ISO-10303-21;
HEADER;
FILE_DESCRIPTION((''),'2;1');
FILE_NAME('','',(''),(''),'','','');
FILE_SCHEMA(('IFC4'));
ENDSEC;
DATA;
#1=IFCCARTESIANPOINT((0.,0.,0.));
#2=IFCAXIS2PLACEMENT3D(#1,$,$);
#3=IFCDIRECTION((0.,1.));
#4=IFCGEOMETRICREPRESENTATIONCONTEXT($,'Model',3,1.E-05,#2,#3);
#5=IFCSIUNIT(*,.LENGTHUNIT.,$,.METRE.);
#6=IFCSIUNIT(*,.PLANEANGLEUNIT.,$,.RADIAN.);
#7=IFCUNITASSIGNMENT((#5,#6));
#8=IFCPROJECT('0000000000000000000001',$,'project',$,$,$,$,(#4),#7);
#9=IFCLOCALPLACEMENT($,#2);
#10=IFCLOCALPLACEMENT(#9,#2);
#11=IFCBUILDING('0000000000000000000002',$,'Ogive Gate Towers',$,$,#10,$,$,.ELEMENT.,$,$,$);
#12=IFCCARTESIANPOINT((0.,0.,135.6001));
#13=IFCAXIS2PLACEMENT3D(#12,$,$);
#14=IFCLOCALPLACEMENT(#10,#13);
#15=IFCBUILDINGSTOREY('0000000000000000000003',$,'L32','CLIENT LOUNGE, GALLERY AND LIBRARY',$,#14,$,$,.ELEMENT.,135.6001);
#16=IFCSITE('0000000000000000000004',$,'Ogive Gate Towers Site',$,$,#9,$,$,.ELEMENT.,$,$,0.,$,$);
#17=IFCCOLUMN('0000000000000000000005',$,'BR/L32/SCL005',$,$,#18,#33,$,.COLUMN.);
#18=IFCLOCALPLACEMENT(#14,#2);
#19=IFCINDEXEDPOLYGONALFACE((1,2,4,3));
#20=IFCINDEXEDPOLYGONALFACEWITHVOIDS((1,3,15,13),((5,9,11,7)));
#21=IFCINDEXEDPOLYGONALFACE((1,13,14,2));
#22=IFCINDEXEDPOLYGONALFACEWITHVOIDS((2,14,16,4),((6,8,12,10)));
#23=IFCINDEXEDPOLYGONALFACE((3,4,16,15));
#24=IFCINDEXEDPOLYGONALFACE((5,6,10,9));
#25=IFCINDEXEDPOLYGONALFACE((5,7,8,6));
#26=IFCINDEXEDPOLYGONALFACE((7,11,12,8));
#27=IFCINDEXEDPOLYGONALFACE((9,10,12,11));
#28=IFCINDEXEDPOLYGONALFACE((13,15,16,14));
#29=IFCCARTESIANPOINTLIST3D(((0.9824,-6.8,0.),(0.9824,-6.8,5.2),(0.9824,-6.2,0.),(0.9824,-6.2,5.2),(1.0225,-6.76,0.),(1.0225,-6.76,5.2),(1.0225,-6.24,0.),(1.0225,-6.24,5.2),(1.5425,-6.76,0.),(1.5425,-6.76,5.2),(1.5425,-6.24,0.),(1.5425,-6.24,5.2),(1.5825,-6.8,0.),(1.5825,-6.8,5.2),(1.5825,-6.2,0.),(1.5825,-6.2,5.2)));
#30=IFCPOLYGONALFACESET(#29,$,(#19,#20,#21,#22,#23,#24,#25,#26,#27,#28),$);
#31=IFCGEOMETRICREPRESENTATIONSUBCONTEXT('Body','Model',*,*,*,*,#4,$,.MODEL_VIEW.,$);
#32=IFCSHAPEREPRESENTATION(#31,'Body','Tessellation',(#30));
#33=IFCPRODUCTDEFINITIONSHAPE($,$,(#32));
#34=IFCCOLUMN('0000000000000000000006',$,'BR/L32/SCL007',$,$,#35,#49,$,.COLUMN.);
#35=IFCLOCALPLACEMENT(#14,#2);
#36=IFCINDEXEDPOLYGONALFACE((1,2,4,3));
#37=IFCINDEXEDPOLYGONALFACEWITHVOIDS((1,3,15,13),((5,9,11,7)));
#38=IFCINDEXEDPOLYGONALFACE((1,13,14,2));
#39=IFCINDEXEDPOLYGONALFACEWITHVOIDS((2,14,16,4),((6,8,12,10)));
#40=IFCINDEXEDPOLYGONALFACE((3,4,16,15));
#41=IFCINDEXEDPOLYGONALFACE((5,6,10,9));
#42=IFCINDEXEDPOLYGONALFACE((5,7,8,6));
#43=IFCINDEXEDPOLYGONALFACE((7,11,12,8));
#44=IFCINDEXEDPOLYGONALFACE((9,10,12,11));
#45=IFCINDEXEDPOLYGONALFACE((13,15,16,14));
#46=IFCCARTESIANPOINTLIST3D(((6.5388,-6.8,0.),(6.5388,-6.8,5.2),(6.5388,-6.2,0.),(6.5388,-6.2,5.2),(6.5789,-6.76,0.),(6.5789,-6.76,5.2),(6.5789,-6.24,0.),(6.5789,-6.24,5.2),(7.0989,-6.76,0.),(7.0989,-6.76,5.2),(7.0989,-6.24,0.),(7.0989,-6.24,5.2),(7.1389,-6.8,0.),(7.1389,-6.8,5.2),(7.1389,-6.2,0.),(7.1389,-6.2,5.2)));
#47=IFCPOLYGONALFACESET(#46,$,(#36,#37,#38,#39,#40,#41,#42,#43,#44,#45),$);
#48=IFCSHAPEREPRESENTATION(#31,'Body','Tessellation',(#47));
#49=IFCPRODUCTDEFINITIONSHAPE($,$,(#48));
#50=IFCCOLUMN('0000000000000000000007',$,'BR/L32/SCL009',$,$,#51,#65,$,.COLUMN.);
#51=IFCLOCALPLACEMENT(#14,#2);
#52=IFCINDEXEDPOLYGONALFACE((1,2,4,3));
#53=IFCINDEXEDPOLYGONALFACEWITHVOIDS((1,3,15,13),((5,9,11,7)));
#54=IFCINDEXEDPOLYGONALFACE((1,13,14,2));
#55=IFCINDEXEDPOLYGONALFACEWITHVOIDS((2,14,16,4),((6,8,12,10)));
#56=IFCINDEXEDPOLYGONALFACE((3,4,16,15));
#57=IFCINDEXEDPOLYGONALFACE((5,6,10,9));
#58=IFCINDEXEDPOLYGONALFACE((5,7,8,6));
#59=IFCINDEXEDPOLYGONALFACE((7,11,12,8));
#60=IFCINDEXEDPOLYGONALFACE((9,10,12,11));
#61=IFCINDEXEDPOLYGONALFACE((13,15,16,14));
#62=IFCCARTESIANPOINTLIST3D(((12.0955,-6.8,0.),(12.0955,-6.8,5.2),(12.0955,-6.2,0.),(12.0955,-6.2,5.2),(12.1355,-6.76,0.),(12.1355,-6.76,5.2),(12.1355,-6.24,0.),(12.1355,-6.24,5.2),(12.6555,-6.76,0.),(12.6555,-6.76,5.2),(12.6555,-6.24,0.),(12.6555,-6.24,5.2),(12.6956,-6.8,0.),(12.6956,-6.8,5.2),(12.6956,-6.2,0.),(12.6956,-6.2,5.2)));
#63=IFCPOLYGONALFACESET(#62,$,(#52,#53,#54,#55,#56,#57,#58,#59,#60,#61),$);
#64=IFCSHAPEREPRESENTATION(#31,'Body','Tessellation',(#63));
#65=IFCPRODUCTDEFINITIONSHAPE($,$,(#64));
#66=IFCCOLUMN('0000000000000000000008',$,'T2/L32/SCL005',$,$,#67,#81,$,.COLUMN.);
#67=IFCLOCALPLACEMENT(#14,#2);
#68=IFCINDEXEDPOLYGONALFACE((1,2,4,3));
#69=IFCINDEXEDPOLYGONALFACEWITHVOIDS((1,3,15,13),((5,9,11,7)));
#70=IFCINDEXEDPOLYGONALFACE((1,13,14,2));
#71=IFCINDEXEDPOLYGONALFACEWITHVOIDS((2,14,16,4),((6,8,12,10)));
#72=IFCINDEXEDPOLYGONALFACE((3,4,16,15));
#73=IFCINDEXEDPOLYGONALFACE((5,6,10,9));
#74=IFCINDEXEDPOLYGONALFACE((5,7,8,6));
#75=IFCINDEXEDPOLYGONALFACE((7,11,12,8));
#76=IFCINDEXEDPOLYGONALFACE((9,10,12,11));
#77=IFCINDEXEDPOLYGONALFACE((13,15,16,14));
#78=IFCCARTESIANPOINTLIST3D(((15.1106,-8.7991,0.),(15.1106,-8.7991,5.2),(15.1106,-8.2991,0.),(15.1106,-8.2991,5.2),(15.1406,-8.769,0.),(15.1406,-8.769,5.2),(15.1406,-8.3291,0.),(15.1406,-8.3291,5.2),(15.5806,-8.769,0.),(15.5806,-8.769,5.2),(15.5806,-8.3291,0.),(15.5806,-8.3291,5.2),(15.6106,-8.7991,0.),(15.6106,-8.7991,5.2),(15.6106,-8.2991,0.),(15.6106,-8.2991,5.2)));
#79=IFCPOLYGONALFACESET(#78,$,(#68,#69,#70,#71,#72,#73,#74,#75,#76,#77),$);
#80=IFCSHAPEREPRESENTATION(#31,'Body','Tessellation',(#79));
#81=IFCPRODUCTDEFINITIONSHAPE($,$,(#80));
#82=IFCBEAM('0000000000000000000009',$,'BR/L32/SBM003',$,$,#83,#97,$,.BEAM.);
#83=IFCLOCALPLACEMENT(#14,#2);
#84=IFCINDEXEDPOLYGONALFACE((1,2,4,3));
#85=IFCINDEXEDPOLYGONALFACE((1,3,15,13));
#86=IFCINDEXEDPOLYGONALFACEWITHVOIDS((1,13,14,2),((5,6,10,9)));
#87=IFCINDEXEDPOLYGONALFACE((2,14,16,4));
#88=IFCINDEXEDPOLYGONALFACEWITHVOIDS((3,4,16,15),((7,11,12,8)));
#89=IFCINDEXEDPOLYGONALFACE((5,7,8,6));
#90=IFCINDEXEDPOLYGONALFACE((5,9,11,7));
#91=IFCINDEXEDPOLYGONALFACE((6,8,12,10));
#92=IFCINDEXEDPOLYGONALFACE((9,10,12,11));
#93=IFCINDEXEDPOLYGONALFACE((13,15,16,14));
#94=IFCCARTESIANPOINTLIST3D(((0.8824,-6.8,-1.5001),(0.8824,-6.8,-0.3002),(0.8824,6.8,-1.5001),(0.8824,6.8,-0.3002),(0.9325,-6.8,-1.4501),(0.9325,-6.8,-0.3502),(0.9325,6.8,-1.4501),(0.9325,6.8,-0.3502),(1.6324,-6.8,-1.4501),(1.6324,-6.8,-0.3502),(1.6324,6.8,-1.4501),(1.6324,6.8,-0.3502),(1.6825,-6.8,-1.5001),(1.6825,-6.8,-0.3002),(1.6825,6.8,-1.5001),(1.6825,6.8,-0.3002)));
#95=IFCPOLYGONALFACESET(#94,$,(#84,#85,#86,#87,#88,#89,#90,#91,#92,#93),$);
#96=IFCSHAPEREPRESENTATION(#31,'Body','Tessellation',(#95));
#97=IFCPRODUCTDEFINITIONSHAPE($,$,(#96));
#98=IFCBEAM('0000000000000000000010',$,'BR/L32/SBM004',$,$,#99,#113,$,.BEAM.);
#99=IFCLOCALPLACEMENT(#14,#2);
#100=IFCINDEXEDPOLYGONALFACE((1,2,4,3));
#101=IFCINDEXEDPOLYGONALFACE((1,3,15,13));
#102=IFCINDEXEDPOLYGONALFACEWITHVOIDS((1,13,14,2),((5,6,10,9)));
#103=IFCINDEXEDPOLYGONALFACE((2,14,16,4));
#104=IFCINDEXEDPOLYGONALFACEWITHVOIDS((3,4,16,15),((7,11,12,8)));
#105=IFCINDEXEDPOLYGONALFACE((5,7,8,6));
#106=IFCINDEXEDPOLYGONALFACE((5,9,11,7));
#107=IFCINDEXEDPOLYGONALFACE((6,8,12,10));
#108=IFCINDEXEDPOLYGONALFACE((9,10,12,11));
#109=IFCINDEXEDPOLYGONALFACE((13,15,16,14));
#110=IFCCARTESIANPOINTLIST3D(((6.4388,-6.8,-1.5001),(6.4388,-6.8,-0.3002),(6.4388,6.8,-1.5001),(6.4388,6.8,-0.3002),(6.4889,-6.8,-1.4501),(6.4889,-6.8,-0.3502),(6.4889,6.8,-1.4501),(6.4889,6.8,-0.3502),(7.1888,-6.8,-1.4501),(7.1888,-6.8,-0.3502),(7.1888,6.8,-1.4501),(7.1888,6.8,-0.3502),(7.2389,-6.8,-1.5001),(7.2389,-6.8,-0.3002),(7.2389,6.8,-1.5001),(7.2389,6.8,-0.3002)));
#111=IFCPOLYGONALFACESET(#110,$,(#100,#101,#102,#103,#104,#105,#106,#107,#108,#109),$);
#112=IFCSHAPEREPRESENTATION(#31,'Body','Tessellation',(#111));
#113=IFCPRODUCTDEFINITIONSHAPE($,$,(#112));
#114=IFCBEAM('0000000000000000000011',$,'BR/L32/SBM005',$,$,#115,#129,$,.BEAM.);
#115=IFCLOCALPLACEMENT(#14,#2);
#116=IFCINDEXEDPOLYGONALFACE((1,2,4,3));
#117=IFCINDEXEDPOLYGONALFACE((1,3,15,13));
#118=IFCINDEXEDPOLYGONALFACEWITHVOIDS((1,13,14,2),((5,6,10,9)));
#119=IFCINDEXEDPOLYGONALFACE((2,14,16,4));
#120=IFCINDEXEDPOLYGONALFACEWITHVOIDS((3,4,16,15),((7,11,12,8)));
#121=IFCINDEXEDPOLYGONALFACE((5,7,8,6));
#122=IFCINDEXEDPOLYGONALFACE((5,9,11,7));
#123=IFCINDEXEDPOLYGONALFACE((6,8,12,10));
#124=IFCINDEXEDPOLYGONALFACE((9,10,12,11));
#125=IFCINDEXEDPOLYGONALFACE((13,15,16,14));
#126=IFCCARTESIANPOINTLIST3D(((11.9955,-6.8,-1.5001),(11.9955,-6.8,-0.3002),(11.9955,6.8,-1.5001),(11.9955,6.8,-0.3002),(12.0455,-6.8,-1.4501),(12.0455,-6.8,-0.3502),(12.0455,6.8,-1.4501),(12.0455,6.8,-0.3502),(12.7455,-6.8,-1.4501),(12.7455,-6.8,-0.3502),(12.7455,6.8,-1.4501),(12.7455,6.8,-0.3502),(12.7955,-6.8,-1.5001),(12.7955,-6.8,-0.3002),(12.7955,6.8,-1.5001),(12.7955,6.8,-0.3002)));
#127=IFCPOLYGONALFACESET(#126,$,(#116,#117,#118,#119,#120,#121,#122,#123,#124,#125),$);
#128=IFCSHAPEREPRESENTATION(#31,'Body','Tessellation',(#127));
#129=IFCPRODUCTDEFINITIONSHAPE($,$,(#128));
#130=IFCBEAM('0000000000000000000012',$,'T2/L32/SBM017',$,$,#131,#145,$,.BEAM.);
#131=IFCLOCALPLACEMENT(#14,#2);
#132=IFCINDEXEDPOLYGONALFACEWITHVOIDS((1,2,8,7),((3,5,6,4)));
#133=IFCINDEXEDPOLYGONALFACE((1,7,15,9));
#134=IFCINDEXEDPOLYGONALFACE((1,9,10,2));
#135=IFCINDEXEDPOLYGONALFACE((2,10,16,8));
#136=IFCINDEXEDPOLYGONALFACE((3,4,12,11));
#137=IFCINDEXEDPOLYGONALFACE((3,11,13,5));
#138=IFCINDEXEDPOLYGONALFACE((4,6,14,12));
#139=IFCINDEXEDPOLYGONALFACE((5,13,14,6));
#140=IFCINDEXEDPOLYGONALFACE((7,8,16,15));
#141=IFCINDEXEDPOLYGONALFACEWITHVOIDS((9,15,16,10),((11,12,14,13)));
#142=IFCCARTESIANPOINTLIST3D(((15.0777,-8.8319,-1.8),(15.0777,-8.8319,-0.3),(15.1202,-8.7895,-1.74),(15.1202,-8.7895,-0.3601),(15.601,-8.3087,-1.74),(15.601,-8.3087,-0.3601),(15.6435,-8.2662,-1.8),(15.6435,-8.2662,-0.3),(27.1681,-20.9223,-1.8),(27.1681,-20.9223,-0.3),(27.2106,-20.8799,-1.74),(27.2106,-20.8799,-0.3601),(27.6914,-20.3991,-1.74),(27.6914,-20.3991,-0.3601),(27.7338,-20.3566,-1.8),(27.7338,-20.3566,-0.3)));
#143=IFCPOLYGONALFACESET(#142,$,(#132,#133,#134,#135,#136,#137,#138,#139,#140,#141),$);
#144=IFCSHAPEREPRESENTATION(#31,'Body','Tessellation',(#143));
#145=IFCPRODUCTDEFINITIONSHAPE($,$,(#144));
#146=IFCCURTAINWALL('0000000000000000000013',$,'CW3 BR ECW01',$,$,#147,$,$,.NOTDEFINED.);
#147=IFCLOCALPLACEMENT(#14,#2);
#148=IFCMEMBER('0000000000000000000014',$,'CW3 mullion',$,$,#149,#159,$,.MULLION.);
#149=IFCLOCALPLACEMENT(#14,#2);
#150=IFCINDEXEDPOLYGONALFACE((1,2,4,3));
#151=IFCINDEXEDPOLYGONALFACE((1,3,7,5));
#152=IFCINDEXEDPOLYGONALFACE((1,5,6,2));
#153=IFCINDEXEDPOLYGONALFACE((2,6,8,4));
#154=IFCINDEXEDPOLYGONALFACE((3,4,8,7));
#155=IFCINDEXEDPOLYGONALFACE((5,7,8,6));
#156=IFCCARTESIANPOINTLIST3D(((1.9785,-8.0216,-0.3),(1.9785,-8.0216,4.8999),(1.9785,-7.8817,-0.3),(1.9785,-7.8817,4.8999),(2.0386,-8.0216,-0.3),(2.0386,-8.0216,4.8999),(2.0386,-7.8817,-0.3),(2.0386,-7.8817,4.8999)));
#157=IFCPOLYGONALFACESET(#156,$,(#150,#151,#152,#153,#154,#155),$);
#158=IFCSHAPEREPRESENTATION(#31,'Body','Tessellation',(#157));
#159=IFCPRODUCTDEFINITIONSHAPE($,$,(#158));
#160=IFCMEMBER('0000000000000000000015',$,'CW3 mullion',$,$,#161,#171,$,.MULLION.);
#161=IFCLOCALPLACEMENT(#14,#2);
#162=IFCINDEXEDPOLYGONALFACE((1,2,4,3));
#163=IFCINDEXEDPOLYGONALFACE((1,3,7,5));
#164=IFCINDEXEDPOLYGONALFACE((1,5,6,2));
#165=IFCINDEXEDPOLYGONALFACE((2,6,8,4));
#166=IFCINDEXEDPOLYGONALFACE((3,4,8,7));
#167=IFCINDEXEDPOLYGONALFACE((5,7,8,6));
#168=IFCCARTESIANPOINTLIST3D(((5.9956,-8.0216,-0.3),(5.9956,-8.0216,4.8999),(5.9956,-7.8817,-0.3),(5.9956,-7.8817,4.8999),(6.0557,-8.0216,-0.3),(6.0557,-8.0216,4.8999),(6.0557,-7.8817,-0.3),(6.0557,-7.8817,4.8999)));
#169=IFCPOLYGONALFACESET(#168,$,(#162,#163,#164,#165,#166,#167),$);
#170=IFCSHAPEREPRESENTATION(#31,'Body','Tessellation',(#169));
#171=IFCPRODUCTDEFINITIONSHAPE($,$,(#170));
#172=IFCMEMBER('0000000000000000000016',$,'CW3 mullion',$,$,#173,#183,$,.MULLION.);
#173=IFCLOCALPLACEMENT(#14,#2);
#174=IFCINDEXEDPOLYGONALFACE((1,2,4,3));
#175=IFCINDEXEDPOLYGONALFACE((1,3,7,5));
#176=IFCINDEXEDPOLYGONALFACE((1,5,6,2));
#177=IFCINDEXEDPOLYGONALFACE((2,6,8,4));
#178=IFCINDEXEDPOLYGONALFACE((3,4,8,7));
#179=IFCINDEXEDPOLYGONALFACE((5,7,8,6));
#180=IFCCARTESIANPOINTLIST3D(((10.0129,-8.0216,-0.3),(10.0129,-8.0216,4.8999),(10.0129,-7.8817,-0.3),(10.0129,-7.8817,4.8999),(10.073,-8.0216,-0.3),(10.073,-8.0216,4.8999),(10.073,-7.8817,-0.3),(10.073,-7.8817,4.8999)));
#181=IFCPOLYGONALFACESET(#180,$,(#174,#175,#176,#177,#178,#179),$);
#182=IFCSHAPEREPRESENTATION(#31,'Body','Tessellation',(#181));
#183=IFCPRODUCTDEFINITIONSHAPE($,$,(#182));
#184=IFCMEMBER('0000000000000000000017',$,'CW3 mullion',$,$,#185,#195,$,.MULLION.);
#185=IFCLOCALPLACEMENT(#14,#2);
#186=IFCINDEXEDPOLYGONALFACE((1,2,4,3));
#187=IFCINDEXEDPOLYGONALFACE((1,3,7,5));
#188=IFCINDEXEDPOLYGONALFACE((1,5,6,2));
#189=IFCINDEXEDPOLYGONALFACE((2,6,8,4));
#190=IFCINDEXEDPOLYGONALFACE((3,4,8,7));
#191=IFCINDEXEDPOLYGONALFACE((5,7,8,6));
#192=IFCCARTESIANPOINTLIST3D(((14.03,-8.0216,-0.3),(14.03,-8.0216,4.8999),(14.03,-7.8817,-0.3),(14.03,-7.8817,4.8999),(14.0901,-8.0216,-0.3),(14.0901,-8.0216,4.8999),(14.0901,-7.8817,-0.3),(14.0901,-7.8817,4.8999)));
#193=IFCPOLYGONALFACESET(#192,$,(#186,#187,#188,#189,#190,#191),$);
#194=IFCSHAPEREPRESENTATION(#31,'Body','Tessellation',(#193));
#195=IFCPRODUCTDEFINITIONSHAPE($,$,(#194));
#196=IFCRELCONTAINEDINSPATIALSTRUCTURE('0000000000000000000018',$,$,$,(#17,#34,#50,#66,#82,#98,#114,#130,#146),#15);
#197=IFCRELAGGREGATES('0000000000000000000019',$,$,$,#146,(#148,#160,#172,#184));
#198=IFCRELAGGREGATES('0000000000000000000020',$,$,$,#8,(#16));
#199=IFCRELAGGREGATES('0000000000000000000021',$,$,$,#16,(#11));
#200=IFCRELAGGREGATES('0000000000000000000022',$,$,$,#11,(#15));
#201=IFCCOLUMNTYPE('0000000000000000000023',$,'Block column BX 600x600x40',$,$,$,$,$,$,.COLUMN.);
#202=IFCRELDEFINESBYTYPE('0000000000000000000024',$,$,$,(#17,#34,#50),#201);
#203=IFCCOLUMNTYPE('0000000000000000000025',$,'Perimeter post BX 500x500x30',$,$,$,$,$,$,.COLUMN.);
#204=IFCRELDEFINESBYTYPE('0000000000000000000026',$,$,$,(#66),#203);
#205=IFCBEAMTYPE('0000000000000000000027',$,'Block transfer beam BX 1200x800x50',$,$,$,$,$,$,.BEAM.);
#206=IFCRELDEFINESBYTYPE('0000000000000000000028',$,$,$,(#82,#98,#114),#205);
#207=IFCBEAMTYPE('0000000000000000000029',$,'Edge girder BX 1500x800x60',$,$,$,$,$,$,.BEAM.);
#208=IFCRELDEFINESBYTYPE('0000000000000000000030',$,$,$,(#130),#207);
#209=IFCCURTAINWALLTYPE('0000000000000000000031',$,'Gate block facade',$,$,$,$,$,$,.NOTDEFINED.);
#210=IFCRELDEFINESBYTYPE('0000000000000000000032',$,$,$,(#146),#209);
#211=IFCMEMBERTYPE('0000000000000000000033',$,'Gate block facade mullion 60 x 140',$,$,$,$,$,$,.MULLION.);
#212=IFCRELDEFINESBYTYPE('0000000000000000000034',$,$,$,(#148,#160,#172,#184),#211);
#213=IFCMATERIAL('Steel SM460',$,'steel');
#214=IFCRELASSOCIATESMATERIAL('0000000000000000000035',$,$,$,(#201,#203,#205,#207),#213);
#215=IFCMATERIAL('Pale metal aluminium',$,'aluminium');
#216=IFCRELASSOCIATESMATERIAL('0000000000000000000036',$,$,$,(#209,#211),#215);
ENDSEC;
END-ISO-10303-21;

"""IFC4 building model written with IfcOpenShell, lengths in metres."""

from ifc_helpers import new_model, si_unit, direction, frame, origin, origin_2d, place, context, subcontext, project, spatial, rectangle, hollow_rectangle, extrude, material, material_profile, profile_set, type_object, element, aggregate, save


model = new_model("IFC4")

# Units and contexts
model_context = context("Model", 3, precision=1e-05, world=origin(), true_north=direction((0.0, 1.0)))
body_context = subcontext(model_context, "Body", "Model", "MODEL_VIEW")
ifc_project = project(units=[si_unit("LENGTHUNIT", "METRE"), si_unit("PLANEANGLEUNIT", "RADIAN")], contexts=[model_context])

# Site, building, storey
site_placement = place(None, origin())
site = spatial("IfcSite", under=ifc_project, at=site_placement, Name="Ogive Gate Towers Site", CompositionType="ELEMENT", RefElevation=0.0)
building_placement = place(site_placement, origin())
building = spatial("IfcBuilding", under=site, at=building_placement, Name="Ogive Gate Towers", CompositionType="ELEMENT")
storey_placement = place(building_placement, frame((0.0, 0.0, 135.6001)))
storey = spatial("IfcBuildingStorey", under=building, at=storey_placement, Name="L32", Description="CLIENT LOUNGE, GALLERY AND LIBRARY", CompositionType="ELEMENT", Elevation=135.6001)

# Columns
ifc_material_1 = material(Name="Steel SM460", Category="steel")
ifc_material_profile_1 = material_profile(ifc_material_1, hollow_rectangle(XDim=0.6001, YDim=0.6001, WallThickness=0.04, at=origin_2d()), Name="BX 600x600x40")
ifc_profile_set_1 = profile_set([ifc_material_profile_1], Name="Steel SM460")
column_type_1 = type_object("IfcColumnType", Name="Block column BX 600x600x40", PredefinedType="COLUMN", material=ifc_profile_set_1)
for number, where, z_axis, x_axis, name in (
    (1, (1.2825, -6.5, 0.0), (0.0, 0.0, 1.0), (1.0, 0.0, 0.0), "BR/L32/SCL005"),
    (2, (6.8389, -6.5, 0.0), (0.0, 0.0, 1.0), (1.0, 0.0, 0.0), "BR/L32/SCL007"),
    (3, (12.3955, -6.5, 0.0), (0.0, 0.0, 1.0), (1.0, 0.0, 0.0), "BR/L32/SCL009"),
):
    element("IfcColumn", number, at=place(storey_placement, frame(where, z_axis=z_axis, x_axis=x_axis)), inside=storey, type_object=column_type_1, Name=name, PredefinedType="COLUMN", context=body_context, shape_type="SweptSolid", body=[
        extrude(hollow_rectangle(XDim=0.6001, YDim=0.6001, WallThickness=0.04, at=origin_2d()), origin(), (0.0, 0.0, 1.0), 5.2),
    ])
ifc_material_profile_2 = material_profile(ifc_material_1, hollow_rectangle(XDim=0.5, YDim=0.5, WallThickness=0.03, at=origin_2d()), Name="BX 500x500x30")
ifc_profile_set_2 = profile_set([ifc_material_profile_2], Name="Steel SM460")
column_type_2 = type_object("IfcColumnType", Name="Perimeter post BX 500x500x30", PredefinedType="COLUMN", material=ifc_profile_set_2)
column_placement = place(storey_placement, frame((15.3606, -8.5491, 0.0), z_axis=(0.0, 0.0, 1.0), x_axis=(1.0, 0.0, 0.0)))
element("IfcColumn", 4, at=column_placement, inside=storey, type_object=column_type_2, Name="T2/L32/SCL005", PredefinedType="COLUMN", context=body_context, shape_type="SweptSolid", body=[
    extrude(hollow_rectangle(XDim=0.5, YDim=0.5, WallThickness=0.03, at=origin_2d()), origin(), (0.0, 0.0, 1.0), 5.2),
])

# Beams
ifc_material_profile_3 = material_profile(ifc_material_1, hollow_rectangle(XDim=0.8, YDim=1.2, WallThickness=0.05, at=origin_2d()), Name="BX 1200x800x50")
ifc_profile_set_3 = profile_set([ifc_material_profile_3], Name="Steel SM460")
beam_type_1 = type_object("IfcBeamType", Name="Block transfer beam BX 1200x800x50", PredefinedType="BEAM", material=ifc_profile_set_3)
for number, where, z_axis, x_axis, name in (
    (5, (1.2825, -6.8, -0.9001), (0.0, 1.0, 0.0), (-1.0, 0.0, 0.0), "BR/L32/SBM003"),
    (6, (6.8389, -6.8, -0.9001), (0.0, 1.0, 0.0), (-1.0, 0.0, 0.0), "BR/L32/SBM004"),
    (7, (12.3955, -6.8, -0.9001), (0.0, 1.0, 0.0), (-1.0, 0.0, 0.0), "BR/L32/SBM005"),
):
    element("IfcBeam", number, at=place(storey_placement, frame(where, z_axis=z_axis, x_axis=x_axis)), inside=storey, type_object=beam_type_1, Name=name, PredefinedType="BEAM", context=body_context, shape_type="SweptSolid", body=[
        extrude(hollow_rectangle(XDim=0.8, YDim=1.2, WallThickness=0.05, at=origin_2d()), origin(), (0.0, 0.0, 1.0), 13.6001),
    ])
ifc_material_profile_4 = material_profile(ifc_material_1, hollow_rectangle(XDim=0.8, YDim=1.5, WallThickness=0.0601, at=origin_2d()), Name="BX 1500x800x60")
ifc_profile_set_4 = profile_set([ifc_material_profile_4], Name="Steel SM460")
beam_type_2 = type_object("IfcBeamType", Name="Edge girder BX 1500x800x60", PredefinedType="BEAM", material=ifc_profile_set_4)
beam_placement = place(storey_placement, frame((15.3606, -8.5491, -1.05), z_axis=(0.707107, -0.707107, 0.0), x_axis=(0.707107, 0.707107, 0.0)))
element("IfcBeam", 8, at=beam_placement, inside=storey, type_object=beam_type_2, Name="T2/L32/SBM017", PredefinedType="BEAM", context=body_context, shape_type="SweptSolid", body=[
    extrude(hollow_rectangle(XDim=0.8, YDim=1.5, WallThickness=0.0601, at=origin_2d()), origin(), (0.0, 0.0, 1.0), 17.0984),
])

# Curtain wall, members
ifc_material_2 = material(Name="Pale metal aluminium", Category="aluminium")
curtain_wall_type_1 = type_object("IfcCurtainWallType", Name="Gate block facade", PredefinedType="NOTDEFINED", material=ifc_material_2)
curtain_wall_1_placement = place(storey_placement, origin())
curtain_wall_1 = element("IfcCurtainWall", 9, at=curtain_wall_1_placement, inside=storey, type_object=curtain_wall_type_1, Name="CW3 BR ECW01", PredefinedType="NOTDEFINED")
ifc_material_profile_5 = material_profile(ifc_material_2, rectangle(XDim=0.1399, YDim=0.0601, at=origin_2d()), Name="60 x 140 aluminium box")
ifc_profile_set_5 = profile_set([ifc_material_profile_5], Name="Pale metal aluminium")
member_type_1 = type_object("IfcMemberType", Name="Gate block facade mullion 60 x 140", PredefinedType="MULLION", material=ifc_profile_set_5)
member_1_placement = place(storey_placement, frame((2.0085, -7.9517, -0.3), z_axis=(0.0, 0.0, 1.0), x_axis=(0.0, -1.0, 0.0)))
member_1 = element("IfcMember", 10, at=member_1_placement, type_object=member_type_1, Name="CW3 mullion", PredefinedType="MULLION", context=body_context, shape_type="SweptSolid", body=[
    extrude(rectangle(XDim=0.1399, YDim=0.0601, at=origin_2d()), origin(), (0.0, 0.0, 1.0), 5.2),
])
member_2_placement = place(storey_placement, frame((6.0256, -7.9517, -0.3), z_axis=(0.0, 0.0, 1.0), x_axis=(0.0, -1.0, 0.0)))
member_2 = element("IfcMember", 11, at=member_2_placement, type_object=member_type_1, Name="CW3 mullion", PredefinedType="MULLION", context=body_context, shape_type="SweptSolid", body=[
    extrude(rectangle(XDim=0.1399, YDim=0.0601, at=origin_2d()), origin(), (0.0, 0.0, 1.0), 5.2),
])
member_3_placement = place(storey_placement, frame((10.043, -7.9517, -0.3), z_axis=(0.0, 0.0, 1.0), x_axis=(0.0, -1.0, 0.0)))
member_3 = element("IfcMember", 12, at=member_3_placement, type_object=member_type_1, Name="CW3 mullion", PredefinedType="MULLION", context=body_context, shape_type="SweptSolid", body=[
    extrude(rectangle(XDim=0.1399, YDim=0.0601, at=origin_2d()), origin(), (0.0, 0.0, 1.0), 5.2),
])
member_4_placement = place(storey_placement, frame((14.0601, -7.9517, -0.3), z_axis=(0.0, 0.0, 1.0), x_axis=(0.0, -1.0, 0.0)))
member_4 = element("IfcMember", 13, at=member_4_placement, type_object=member_type_1, Name="CW3 mullion", PredefinedType="MULLION", context=body_context, shape_type="SweptSolid", body=[
    extrude(rectangle(XDim=0.1399, YDim=0.0601, at=origin_2d()), origin(), (0.0, 0.0, 1.0), 5.2),
])

aggregate(curtain_wall_1, [member_1, member_2, member_3, member_4])

save(model, "model.ifc")
